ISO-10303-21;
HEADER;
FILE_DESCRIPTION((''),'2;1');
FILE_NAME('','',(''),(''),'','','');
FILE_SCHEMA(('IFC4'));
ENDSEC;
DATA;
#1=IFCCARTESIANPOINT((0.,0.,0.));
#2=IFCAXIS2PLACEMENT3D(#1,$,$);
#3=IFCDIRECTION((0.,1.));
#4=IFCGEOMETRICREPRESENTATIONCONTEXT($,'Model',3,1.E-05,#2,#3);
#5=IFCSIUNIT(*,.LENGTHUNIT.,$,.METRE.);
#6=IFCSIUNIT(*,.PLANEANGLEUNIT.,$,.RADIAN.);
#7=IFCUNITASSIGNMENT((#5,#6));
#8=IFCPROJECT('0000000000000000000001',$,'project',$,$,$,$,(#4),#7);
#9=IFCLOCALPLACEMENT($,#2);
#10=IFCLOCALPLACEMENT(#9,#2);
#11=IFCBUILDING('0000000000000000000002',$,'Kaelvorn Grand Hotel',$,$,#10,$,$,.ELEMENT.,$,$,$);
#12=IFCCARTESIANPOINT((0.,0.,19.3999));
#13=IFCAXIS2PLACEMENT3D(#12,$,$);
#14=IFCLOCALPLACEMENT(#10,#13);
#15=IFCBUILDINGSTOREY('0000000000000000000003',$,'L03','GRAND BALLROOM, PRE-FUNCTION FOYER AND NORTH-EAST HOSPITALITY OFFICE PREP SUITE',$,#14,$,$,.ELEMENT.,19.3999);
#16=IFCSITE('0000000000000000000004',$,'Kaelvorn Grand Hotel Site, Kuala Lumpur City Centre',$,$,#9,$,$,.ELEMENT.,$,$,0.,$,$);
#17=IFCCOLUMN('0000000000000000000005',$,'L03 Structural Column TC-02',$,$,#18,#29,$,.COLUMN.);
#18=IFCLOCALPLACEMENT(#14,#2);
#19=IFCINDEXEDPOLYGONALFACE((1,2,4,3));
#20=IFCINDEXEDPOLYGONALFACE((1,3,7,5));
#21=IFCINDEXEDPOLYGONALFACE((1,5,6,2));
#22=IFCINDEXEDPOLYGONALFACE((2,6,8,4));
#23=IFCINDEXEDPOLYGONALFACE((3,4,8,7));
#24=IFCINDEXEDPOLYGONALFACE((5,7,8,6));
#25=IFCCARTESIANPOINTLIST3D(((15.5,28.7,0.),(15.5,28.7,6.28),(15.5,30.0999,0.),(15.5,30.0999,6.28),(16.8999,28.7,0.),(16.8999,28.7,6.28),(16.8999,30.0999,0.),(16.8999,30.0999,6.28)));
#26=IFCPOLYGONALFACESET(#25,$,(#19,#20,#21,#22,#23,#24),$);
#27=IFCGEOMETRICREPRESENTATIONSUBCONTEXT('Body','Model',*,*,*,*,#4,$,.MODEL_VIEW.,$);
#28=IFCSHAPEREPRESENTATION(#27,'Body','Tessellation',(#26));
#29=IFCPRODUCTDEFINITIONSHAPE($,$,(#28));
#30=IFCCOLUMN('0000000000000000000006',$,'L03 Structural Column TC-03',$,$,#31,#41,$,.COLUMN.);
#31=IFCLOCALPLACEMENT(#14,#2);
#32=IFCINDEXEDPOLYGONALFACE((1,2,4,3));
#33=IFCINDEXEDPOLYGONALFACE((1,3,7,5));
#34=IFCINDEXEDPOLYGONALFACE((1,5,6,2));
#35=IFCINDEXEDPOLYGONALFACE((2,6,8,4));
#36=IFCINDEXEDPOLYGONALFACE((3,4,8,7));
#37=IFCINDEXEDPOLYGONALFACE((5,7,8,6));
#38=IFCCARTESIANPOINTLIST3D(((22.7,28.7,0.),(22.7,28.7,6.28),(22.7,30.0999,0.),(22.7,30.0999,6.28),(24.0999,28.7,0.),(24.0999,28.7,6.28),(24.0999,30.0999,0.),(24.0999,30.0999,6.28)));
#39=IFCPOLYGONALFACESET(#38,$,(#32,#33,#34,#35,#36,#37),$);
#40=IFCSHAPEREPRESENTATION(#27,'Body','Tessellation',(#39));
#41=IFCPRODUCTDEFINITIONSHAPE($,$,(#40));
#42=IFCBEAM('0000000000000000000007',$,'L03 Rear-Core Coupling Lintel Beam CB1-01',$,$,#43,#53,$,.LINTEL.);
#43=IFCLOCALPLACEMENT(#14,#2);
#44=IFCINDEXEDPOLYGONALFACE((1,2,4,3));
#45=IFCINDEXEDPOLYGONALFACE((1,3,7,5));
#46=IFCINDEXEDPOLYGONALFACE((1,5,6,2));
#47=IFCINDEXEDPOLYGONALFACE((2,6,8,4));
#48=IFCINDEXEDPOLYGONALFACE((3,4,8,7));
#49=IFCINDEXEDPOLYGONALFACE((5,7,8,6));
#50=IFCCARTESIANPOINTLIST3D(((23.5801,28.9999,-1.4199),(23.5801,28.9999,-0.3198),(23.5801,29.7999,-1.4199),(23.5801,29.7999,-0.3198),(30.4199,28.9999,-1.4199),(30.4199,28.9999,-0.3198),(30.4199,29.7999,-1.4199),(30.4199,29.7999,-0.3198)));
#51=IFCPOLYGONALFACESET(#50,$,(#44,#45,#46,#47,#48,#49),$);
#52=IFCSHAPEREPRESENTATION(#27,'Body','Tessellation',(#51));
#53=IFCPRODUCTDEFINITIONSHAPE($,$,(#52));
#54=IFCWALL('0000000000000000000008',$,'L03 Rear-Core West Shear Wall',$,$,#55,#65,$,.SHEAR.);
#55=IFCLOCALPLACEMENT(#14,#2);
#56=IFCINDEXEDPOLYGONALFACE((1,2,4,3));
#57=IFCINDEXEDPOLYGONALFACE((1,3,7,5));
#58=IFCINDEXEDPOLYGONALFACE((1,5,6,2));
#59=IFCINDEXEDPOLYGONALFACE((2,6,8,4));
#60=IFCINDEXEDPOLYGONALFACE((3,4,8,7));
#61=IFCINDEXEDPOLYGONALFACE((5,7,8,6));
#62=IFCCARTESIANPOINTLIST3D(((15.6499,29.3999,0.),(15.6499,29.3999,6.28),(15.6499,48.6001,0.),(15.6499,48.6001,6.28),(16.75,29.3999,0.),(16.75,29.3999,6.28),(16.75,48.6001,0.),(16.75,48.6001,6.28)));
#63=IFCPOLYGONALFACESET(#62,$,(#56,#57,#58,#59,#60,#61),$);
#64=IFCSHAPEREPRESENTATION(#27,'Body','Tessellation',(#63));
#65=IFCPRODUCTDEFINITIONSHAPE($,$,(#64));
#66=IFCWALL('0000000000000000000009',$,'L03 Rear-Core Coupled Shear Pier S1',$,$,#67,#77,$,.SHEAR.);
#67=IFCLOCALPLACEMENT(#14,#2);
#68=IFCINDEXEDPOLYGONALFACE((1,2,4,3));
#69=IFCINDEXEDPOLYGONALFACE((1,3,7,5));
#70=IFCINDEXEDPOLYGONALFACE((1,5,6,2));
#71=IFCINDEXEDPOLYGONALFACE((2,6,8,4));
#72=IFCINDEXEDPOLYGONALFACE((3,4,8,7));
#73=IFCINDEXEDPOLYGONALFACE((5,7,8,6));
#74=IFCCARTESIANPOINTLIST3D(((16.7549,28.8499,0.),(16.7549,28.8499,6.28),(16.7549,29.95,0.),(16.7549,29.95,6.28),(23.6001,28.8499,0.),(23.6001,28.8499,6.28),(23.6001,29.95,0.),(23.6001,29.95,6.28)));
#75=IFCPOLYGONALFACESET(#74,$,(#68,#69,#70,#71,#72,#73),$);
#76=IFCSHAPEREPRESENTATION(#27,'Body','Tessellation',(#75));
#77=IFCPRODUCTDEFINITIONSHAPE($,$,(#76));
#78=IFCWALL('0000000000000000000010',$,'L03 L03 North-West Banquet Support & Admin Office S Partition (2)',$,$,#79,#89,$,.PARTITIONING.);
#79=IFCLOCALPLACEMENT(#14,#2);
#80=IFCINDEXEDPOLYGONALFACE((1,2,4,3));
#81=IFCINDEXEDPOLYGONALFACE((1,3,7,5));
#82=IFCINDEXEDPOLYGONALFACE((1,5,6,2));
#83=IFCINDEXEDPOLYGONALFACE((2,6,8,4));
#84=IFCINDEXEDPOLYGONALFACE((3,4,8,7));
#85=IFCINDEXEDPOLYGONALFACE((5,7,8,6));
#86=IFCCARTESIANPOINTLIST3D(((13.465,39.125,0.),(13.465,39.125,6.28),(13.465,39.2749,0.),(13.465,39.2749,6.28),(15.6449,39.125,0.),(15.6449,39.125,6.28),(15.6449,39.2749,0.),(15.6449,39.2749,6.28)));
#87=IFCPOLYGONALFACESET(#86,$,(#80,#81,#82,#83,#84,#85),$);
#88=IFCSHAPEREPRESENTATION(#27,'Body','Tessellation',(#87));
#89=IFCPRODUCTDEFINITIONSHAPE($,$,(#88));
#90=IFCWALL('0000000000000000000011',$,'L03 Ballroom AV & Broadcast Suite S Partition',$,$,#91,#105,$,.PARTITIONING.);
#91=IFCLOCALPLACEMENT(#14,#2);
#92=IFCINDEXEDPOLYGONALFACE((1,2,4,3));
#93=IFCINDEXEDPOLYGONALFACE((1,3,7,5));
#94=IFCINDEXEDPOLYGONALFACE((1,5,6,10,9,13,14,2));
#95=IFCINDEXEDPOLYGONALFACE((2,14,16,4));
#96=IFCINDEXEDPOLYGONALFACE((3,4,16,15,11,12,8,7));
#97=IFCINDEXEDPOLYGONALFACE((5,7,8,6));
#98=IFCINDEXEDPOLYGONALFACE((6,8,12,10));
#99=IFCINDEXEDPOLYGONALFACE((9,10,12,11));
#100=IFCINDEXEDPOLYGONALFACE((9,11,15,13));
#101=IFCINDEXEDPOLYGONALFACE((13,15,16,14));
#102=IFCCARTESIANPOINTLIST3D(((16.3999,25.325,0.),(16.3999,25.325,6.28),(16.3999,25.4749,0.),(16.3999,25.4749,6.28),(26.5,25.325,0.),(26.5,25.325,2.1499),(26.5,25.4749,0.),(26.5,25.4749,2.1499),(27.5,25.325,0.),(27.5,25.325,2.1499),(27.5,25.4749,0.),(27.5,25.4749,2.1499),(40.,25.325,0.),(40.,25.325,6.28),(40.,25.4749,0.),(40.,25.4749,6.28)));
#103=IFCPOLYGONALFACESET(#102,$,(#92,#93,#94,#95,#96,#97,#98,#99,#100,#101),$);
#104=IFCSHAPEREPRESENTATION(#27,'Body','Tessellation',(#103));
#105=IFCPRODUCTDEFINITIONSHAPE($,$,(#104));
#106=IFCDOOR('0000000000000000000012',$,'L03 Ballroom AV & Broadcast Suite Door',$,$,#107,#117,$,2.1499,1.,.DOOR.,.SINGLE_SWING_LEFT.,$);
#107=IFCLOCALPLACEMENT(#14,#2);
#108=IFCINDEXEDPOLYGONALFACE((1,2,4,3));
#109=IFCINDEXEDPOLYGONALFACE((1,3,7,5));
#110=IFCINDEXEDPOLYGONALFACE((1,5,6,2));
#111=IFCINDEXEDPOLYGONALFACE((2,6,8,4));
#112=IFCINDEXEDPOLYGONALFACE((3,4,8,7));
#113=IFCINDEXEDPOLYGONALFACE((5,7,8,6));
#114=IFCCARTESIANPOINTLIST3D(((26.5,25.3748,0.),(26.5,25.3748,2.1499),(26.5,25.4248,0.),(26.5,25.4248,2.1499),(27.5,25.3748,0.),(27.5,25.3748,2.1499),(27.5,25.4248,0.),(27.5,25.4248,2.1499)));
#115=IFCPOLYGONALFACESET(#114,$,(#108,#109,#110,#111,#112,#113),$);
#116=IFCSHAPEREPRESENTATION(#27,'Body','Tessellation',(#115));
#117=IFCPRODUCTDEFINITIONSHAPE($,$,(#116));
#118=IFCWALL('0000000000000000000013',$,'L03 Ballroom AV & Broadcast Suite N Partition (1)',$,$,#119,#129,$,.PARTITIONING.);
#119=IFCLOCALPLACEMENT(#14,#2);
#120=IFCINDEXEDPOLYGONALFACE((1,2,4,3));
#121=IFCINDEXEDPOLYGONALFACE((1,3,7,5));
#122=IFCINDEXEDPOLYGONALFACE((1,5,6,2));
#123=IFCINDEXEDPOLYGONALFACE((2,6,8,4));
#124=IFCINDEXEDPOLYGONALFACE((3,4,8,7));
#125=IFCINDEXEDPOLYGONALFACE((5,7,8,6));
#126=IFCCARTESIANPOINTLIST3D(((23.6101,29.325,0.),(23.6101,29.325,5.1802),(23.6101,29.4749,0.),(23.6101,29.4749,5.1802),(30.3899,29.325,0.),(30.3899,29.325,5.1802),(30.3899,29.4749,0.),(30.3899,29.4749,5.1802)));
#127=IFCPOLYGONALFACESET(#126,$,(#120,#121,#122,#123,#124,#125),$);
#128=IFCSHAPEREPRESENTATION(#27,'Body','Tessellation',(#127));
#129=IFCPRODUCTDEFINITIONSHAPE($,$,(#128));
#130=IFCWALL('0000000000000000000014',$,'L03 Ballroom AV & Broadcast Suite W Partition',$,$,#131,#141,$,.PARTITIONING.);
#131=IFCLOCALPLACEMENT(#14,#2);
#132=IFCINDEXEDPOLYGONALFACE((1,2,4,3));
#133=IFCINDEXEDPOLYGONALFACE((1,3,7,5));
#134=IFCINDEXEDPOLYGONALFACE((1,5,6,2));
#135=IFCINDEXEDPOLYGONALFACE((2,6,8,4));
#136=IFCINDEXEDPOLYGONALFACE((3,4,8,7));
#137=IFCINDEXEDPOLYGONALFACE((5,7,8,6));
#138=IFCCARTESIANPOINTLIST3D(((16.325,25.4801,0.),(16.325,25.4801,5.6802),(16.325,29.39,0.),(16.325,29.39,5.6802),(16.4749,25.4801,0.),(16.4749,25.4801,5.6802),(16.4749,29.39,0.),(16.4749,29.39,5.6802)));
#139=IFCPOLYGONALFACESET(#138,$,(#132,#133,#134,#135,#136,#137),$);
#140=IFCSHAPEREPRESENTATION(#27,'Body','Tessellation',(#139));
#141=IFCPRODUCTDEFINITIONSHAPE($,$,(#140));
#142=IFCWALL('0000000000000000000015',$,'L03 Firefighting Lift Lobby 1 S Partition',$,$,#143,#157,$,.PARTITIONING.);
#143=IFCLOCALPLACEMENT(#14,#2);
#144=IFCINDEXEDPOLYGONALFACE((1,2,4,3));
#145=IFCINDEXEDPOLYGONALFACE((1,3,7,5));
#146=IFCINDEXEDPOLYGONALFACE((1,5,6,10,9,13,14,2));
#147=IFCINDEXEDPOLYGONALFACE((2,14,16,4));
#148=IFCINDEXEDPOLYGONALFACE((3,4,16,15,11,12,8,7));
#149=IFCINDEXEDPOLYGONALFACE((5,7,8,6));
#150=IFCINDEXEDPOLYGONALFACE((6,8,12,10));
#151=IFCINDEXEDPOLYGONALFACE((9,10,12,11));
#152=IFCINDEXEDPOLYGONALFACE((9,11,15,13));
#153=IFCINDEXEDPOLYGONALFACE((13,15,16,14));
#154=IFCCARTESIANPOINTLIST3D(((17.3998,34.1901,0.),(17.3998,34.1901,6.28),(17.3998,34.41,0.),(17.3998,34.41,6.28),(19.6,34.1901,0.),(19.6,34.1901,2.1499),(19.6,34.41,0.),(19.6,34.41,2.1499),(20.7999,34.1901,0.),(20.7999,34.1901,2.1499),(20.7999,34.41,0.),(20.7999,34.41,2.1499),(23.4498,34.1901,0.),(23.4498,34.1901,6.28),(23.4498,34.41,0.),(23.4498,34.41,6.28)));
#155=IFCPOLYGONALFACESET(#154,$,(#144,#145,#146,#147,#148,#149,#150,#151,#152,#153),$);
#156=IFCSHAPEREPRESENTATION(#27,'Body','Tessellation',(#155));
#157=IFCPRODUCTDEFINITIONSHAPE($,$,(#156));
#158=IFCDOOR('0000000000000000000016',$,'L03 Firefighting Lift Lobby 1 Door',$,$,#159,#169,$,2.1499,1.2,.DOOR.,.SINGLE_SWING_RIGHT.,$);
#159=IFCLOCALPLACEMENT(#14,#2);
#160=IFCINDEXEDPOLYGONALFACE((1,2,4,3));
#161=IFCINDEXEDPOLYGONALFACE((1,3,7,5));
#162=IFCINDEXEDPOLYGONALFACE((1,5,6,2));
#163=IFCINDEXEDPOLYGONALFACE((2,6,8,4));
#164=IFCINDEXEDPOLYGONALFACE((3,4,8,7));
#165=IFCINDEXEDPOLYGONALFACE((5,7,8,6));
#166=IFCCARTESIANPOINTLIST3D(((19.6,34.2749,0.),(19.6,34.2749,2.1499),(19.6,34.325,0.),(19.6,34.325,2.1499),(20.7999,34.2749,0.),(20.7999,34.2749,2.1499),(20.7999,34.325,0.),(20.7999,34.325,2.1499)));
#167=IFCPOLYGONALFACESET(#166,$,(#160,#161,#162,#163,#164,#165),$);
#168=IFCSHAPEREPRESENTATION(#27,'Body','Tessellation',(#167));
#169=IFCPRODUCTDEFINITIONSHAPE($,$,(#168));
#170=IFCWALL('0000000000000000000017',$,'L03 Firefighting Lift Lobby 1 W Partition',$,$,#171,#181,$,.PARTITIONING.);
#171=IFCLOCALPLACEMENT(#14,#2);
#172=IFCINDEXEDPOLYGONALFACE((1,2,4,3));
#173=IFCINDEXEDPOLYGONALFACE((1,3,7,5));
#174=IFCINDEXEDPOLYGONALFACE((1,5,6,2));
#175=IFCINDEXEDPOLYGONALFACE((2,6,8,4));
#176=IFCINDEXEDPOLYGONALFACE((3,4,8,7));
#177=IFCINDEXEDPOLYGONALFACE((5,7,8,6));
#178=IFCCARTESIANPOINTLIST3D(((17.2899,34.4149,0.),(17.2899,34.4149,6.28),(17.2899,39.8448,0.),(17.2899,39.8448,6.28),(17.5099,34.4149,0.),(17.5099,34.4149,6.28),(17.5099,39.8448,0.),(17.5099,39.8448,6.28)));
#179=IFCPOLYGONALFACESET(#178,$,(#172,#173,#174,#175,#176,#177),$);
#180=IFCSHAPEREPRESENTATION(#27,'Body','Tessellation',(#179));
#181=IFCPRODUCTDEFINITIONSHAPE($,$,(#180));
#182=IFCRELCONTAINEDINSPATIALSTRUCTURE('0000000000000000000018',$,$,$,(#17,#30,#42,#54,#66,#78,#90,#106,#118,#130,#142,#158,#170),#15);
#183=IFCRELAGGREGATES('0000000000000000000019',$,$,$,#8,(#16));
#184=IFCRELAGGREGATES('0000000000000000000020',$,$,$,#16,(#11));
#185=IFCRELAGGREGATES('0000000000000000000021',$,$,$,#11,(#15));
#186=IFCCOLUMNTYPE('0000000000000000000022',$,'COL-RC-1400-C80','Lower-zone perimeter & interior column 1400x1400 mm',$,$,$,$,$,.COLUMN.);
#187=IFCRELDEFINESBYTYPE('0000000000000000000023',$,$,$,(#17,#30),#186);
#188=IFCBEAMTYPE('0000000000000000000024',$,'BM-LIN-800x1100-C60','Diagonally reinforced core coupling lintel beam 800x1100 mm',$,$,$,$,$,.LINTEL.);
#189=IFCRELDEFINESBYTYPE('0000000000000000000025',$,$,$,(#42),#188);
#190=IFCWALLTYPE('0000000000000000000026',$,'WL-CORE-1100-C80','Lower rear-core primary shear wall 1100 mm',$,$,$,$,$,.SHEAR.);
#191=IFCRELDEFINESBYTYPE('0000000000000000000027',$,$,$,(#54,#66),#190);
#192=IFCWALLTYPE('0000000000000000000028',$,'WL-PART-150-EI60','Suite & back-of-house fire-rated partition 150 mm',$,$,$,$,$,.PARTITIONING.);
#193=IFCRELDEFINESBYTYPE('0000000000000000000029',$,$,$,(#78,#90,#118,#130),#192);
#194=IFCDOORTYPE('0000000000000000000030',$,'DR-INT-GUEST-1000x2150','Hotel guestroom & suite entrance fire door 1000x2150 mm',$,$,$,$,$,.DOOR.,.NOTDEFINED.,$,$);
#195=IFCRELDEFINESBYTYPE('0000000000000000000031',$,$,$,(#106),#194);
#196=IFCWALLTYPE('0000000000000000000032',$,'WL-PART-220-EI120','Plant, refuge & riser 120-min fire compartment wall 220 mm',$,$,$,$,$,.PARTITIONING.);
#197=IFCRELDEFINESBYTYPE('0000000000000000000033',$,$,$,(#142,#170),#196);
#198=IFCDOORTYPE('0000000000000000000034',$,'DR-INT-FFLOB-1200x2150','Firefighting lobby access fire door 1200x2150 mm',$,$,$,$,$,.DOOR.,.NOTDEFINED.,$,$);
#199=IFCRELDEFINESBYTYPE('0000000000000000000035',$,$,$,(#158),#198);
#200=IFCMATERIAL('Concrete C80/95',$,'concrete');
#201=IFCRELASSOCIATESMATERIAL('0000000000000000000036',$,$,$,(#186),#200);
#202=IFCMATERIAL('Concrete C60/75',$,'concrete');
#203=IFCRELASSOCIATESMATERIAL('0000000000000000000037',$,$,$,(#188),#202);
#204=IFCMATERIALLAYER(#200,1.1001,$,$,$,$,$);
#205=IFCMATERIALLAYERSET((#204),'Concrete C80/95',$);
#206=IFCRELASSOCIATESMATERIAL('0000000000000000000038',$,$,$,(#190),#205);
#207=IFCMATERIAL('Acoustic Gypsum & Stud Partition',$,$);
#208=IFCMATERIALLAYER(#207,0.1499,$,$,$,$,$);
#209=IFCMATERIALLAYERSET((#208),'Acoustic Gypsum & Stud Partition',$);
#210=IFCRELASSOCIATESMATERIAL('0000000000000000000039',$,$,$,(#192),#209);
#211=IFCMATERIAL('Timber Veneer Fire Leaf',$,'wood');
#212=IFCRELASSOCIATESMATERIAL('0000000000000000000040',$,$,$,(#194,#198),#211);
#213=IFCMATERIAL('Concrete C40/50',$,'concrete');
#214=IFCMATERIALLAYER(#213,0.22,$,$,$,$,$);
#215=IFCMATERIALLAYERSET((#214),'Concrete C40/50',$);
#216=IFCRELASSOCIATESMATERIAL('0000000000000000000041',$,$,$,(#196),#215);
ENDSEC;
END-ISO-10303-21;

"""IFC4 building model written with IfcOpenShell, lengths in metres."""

from ifc_helpers import new_model, si_unit, direction, frame, frame_2d, origin, origin_2d, place, context, subcontext, project, spatial, rectangle, extrude, material, layer, layer_set, material_profile, profile_set, type_object, element, fill, save


model = new_model("IFC4")

# Units and contexts
model_context = context("Model", 3, precision=1e-05, world=origin(), true_north=direction((0.0, 1.0)))
body_context = subcontext(model_context, "Body", "Model", "MODEL_VIEW")
ifc_project = project(units=[si_unit("LENGTHUNIT", "METRE"), si_unit("PLANEANGLEUNIT", "RADIAN")], contexts=[model_context])

# Site, building, storey
site_placement = place(None, origin())
site = spatial("IfcSite", under=ifc_project, at=site_placement, Name="Kaelvorn Grand Hotel Site, Kuala Lumpur City Centre", CompositionType="ELEMENT", RefElevation=0.0)
building_placement = place(site_placement, origin())
building = spatial("IfcBuilding", under=site, at=building_placement, Name="Kaelvorn Grand Hotel", CompositionType="ELEMENT")
storey_placement = place(building_placement, frame((0.0, 0.0, 19.3999)))
storey = spatial("IfcBuildingStorey", under=building, at=storey_placement, Name="L03", Description="GRAND BALLROOM, PRE-FUNCTION FOYER AND NORTH-EAST HOSPITALITY OFFICE PREP SUITE", CompositionType="ELEMENT", Elevation=19.3999)

# Columns
ifc_material_1 = material(Name="Concrete C80/95", Category="concrete")
ifc_material_profile_1 = material_profile(ifc_material_1, rectangle(XDim=1.3999, YDim=1.3999, at=origin_2d()), Name="RC COL 1400x1400")
ifc_profile_set_1 = profile_set([ifc_material_profile_1], Name="Concrete C80/95")
column_type = type_object("IfcColumnType", Name="COL-RC-1400-C80", Description="Lower-zone perimeter & interior column 1400x1400 mm", PredefinedType="COLUMN", material=ifc_profile_set_1)
for number, where, z_axis, x_axis, name in (
    (1, (16.2, 29.3999, 0.0), (0.0, 0.0, 1.0), (1.0, 0.0, 0.0), "L03 Structural Column TC-02"),
    (2, (23.3999, 29.3999, 0.0), (0.0, 0.0, 1.0), (1.0, 0.0, 0.0), "L03 Structural Column TC-03"),
):
    element("IfcColumn", number, at=place(storey_placement, frame(where, z_axis=z_axis, x_axis=x_axis)), inside=storey, type_object=column_type, Name=name, PredefinedType="COLUMN", context=body_context, shape_type="SweptSolid", body=[
        extrude(rectangle(XDim=1.3999, YDim=1.3999, at=origin_2d()), origin(), (0.0, 0.0, 1.0), 6.28),
    ])

# Beam
ifc_material_2 = material(Name="Concrete C60/75", Category="concrete")
ifc_material_profile_2 = material_profile(ifc_material_2, rectangle(XDim=0.8, YDim=1.1001, at=origin_2d()), Name="RC LINTEL 800x1100")
ifc_profile_set_2 = profile_set([ifc_material_profile_2], Name="Concrete C60/75")
beam_type = type_object("IfcBeamType", Name="BM-LIN-800x1100-C60", Description="Diagonally reinforced core coupling lintel beam 800x1100 mm", PredefinedType="LINTEL", material=ifc_profile_set_2)
beam_placement = place(storey_placement, frame((23.5801, 29.3999, -0.8699), z_axis=(1.0, 0.0, 0.0), x_axis=(0.0, 1.0, 0.0)))
element("IfcBeam", 3, at=beam_placement, inside=storey, type_object=beam_type, Name="L03 Rear-Core Coupling Lintel Beam CB1-01", PredefinedType="LINTEL", context=body_context, shape_type="SweptSolid", body=[
    extrude(rectangle(XDim=0.8, YDim=1.1001, at=origin_2d()), origin(), (0.0, 0.0, 1.0), 6.8398),
])

# Walls
ifc_layer_1 = layer(ifc_material_1, 1.1001)
ifc_layer_set_1 = layer_set([ifc_layer_1], Name="Concrete C80/95")
wall_type_1 = type_object("IfcWallType", Name="WL-CORE-1100-C80", Description="Lower rear-core primary shear wall 1100 mm", PredefinedType="SHEAR", material=ifc_layer_set_1)
wall_1_placement = place(storey_placement, frame((16.2, 29.3999, 0.0), z_axis=(0.0, 0.0, 1.0), x_axis=(0.0, 1.0, 0.0)))
element("IfcWall", 4, at=wall_1_placement, inside=storey, type_object=wall_type_1, Name="L03 Rear-Core West Shear Wall", PredefinedType="SHEAR", context=body_context, shape_type="SweptSolid", body=[
    extrude(rectangle(XDim=19.2002, YDim=1.1001, at=frame_2d((9.6001, 0.0))), origin(), (0.0, 0.0, 1.0), 6.28),
])
wall_2_placement = place(storey_placement, frame((16.7549, 29.3999, 0.0), z_axis=(0.0, 0.0, 1.0), x_axis=(1.0, 0.0, 0.0)))
element("IfcWall", 5, at=wall_2_placement, inside=storey, type_object=wall_type_1, Name="L03 Rear-Core Coupled Shear Pier S1", PredefinedType="SHEAR", context=body_context, shape_type="SweptSolid", body=[
    extrude(rectangle(XDim=6.8452, YDim=1.1001, at=frame_2d((3.4226, 0.0))), origin(), (0.0, 0.0, 1.0), 6.28),
])
ifc_material_3 = material(Name="Acoustic Gypsum & Stud Partition")
ifc_layer_2 = layer(ifc_material_3, 0.1499)
ifc_layer_set_2 = layer_set([ifc_layer_2], Name="Acoustic Gypsum & Stud Partition")
wall_type_2 = type_object("IfcWallType", Name="WL-PART-150-EI60", Description="Suite & back-of-house fire-rated partition 150 mm", PredefinedType="PARTITIONING", material=ifc_layer_set_2)
wall_3_placement = place(storey_placement, frame((13.4651, 39.2, 0.0), z_axis=(0.0, 0.0, 1.0), x_axis=(1.0, 0.0, 0.0)))
element("IfcWall", 6, at=wall_3_placement, inside=storey, type_object=wall_type_2, Name="L03 L03 North-West Banquet Support & Admin Office S Partition (2)", PredefinedType="PARTITIONING", context=body_context, shape_type="SweptSolid", body=[
    extrude(rectangle(XDim=2.1799, YDim=0.1499, at=frame_2d((1.0898, 0.0))), origin(), (0.0, 0.0, 1.0), 6.28),
])

# Wall, opening, door
wall_4_placement = place(storey_placement, frame((16.3999, 25.3999, 0.0), z_axis=(0.0, 0.0, 1.0), x_axis=(1.0, 0.0, 0.0)))
wall_4 = element("IfcWall", 7, at=wall_4_placement, inside=storey, type_object=wall_type_2, Name="L03 Ballroom AV & Broadcast Suite S Partition", PredefinedType="PARTITIONING", context=body_context, shape_type="SweptSolid", body=[
    extrude(rectangle(XDim=23.6001, YDim=0.1499, at=frame_2d((11.8, 0.0))), origin(), (0.0, 0.0, 1.0), 6.28),
])
opening_1_placement = place(wall_4_placement, frame((10.1001, 0.0, 0.0)))
opening_1 = element("IfcOpeningElement", 8, at=opening_1_placement, cuts=wall_4, PredefinedType="OPENING", context=body_context, shape_type="SweptSolid", body=[
    extrude(rectangle(XDim=1.0, YDim=2.1499, at=frame_2d((0.5, 1.075))), frame((0.0, 0.085, 0.0), z_axis=(0.0, -1.0, 0.0), x_axis=(1.0, 0.0, 0.0)), (0.0, 0.0, 1.0), 0.1699),
])
ifc_material_4 = material(Name="Timber Veneer Fire Leaf", Category="wood")
door_type_1 = type_object("IfcDoorType", Name="DR-INT-GUEST-1000x2150", Description="Hotel guestroom & suite entrance fire door 1000x2150 mm", OperationType="NOTDEFINED", PredefinedType="DOOR", material=ifc_material_4)
door_1_placement = place(opening_1_placement, origin())
door_1 = element("IfcDoor", 9, at=door_1_placement, inside=storey, type_object=door_type_1, Name="L03 Ballroom AV & Broadcast Suite Door", OperationType="SINGLE_SWING_LEFT", OverallHeight=2.1499, OverallWidth=1.0, PredefinedType="DOOR", context=body_context, shape_type="SweptSolid", body=[
    extrude(rectangle(XDim=1.0, YDim=2.1499, at=frame_2d((0.5, 1.075))), frame((0.0, 0.0249, 0.0), z_axis=(0.0, -1.0, 0.0), x_axis=(1.0, 0.0, 0.0)), (0.0, 0.0, 1.0), 0.05),
])
fill(opening_1, door_1)

# Walls
wall_5_placement = place(storey_placement, frame((23.6101, 29.3999, 0.0), z_axis=(0.0, 0.0, 1.0), x_axis=(1.0, 0.0, 0.0)))
element("IfcWall", 10, at=wall_5_placement, inside=storey, type_object=wall_type_2, Name="L03 Ballroom AV & Broadcast Suite N Partition (1)", PredefinedType="PARTITIONING", context=body_context, shape_type="SweptSolid", body=[
    extrude(rectangle(XDim=6.7798, YDim=0.1499, at=frame_2d((3.3899, 0.0))), origin(), (0.0, 0.0, 1.0), 5.1802),
])
wall_6_placement = place(storey_placement, frame((16.3999, 25.48, 0.0), z_axis=(0.0, 0.0, 1.0), x_axis=(0.0, 1.0, 0.0)))
element("IfcWall", 11, at=wall_6_placement, inside=storey, type_object=wall_type_2, Name="L03 Ballroom AV & Broadcast Suite W Partition", PredefinedType="PARTITIONING", context=body_context, shape_type="SweptSolid", body=[
    extrude(rectangle(XDim=3.9099, YDim=0.1499, at=frame_2d((1.9551, 0.0))), origin(), (0.0, 0.0, 1.0), 5.6802),
])

# Wall, opening, door
ifc_material_5 = material(Name="Concrete C40/50", Category="concrete")
ifc_layer_3 = layer(ifc_material_5, 0.22)
ifc_layer_set_3 = layer_set([ifc_layer_3], Name="Concrete C40/50")
wall_type_3 = type_object("IfcWallType", Name="WL-PART-220-EI120", Description="Plant, refuge & riser 120-min fire compartment wall 220 mm", PredefinedType="PARTITIONING", material=ifc_layer_set_3)
wall_7_placement = place(storey_placement, frame((17.3999, 34.3, 0.0), z_axis=(0.0, 0.0, 1.0), x_axis=(1.0, 0.0, 0.0)))
wall_7 = element("IfcWall", 12, at=wall_7_placement, inside=storey, type_object=wall_type_3, Name="L03 Firefighting Lift Lobby 1 S Partition", PredefinedType="PARTITIONING", context=body_context, shape_type="SweptSolid", body=[
    extrude(rectangle(XDim=6.05, YDim=0.22, at=frame_2d((3.0249, 0.0))), origin(), (0.0, 0.0, 1.0), 6.28),
])
opening_2_placement = place(wall_7_placement, frame((2.2, 0.0, 0.0)))
opening_2 = element("IfcOpeningElement", 13, at=opening_2_placement, cuts=wall_7, PredefinedType="OPENING", context=body_context, shape_type="SweptSolid", body=[
    extrude(rectangle(XDim=1.2, YDim=2.1499, at=frame_2d((0.6001, 1.075))), frame((0.0, 0.1201, 0.0), z_axis=(0.0, -1.0, 0.0), x_axis=(1.0, 0.0, 0.0)), (0.0, 0.0, 1.0), 0.24),
])
door_type_2 = type_object("IfcDoorType", Name="DR-INT-FFLOB-1200x2150", Description="Firefighting lobby access fire door 1200x2150 mm", OperationType="NOTDEFINED", PredefinedType="DOOR", material=ifc_material_4)
door_2_placement = place(opening_2_placement, origin())
door_2 = element("IfcDoor", 14, at=door_2_placement, inside=storey, type_object=door_type_2, Name="L03 Firefighting Lift Lobby 1 Door", OperationType="SINGLE_SWING_RIGHT", OverallHeight=2.1499, OverallWidth=1.2, PredefinedType="DOOR", context=body_context, shape_type="SweptSolid", body=[
    extrude(rectangle(XDim=1.2, YDim=2.1499, at=frame_2d((0.6001, 1.075))), frame((0.0, 0.0249, 0.0), z_axis=(0.0, -1.0, 0.0), x_axis=(1.0, 0.0, 0.0)), (0.0, 0.0, 1.0), 0.05),
])
fill(opening_2, door_2)

# Wall
wall_8_placement = place(storey_placement, frame((17.3999, 34.415, 0.0), z_axis=(0.0, 0.0, 1.0), x_axis=(0.0, 1.0, 0.0)))
element("IfcWall", 15, at=wall_8_placement, inside=storey, type_object=wall_type_3, Name="L03 Firefighting Lift Lobby 1 W Partition", PredefinedType="PARTITIONING", context=body_context, shape_type="SweptSolid", body=[
    extrude(rectangle(XDim=5.4299, YDim=0.22, at=frame_2d((2.7148, 0.0))), origin(), (0.0, 0.0, 1.0), 6.28),
])

save(model, "model.ifc")
